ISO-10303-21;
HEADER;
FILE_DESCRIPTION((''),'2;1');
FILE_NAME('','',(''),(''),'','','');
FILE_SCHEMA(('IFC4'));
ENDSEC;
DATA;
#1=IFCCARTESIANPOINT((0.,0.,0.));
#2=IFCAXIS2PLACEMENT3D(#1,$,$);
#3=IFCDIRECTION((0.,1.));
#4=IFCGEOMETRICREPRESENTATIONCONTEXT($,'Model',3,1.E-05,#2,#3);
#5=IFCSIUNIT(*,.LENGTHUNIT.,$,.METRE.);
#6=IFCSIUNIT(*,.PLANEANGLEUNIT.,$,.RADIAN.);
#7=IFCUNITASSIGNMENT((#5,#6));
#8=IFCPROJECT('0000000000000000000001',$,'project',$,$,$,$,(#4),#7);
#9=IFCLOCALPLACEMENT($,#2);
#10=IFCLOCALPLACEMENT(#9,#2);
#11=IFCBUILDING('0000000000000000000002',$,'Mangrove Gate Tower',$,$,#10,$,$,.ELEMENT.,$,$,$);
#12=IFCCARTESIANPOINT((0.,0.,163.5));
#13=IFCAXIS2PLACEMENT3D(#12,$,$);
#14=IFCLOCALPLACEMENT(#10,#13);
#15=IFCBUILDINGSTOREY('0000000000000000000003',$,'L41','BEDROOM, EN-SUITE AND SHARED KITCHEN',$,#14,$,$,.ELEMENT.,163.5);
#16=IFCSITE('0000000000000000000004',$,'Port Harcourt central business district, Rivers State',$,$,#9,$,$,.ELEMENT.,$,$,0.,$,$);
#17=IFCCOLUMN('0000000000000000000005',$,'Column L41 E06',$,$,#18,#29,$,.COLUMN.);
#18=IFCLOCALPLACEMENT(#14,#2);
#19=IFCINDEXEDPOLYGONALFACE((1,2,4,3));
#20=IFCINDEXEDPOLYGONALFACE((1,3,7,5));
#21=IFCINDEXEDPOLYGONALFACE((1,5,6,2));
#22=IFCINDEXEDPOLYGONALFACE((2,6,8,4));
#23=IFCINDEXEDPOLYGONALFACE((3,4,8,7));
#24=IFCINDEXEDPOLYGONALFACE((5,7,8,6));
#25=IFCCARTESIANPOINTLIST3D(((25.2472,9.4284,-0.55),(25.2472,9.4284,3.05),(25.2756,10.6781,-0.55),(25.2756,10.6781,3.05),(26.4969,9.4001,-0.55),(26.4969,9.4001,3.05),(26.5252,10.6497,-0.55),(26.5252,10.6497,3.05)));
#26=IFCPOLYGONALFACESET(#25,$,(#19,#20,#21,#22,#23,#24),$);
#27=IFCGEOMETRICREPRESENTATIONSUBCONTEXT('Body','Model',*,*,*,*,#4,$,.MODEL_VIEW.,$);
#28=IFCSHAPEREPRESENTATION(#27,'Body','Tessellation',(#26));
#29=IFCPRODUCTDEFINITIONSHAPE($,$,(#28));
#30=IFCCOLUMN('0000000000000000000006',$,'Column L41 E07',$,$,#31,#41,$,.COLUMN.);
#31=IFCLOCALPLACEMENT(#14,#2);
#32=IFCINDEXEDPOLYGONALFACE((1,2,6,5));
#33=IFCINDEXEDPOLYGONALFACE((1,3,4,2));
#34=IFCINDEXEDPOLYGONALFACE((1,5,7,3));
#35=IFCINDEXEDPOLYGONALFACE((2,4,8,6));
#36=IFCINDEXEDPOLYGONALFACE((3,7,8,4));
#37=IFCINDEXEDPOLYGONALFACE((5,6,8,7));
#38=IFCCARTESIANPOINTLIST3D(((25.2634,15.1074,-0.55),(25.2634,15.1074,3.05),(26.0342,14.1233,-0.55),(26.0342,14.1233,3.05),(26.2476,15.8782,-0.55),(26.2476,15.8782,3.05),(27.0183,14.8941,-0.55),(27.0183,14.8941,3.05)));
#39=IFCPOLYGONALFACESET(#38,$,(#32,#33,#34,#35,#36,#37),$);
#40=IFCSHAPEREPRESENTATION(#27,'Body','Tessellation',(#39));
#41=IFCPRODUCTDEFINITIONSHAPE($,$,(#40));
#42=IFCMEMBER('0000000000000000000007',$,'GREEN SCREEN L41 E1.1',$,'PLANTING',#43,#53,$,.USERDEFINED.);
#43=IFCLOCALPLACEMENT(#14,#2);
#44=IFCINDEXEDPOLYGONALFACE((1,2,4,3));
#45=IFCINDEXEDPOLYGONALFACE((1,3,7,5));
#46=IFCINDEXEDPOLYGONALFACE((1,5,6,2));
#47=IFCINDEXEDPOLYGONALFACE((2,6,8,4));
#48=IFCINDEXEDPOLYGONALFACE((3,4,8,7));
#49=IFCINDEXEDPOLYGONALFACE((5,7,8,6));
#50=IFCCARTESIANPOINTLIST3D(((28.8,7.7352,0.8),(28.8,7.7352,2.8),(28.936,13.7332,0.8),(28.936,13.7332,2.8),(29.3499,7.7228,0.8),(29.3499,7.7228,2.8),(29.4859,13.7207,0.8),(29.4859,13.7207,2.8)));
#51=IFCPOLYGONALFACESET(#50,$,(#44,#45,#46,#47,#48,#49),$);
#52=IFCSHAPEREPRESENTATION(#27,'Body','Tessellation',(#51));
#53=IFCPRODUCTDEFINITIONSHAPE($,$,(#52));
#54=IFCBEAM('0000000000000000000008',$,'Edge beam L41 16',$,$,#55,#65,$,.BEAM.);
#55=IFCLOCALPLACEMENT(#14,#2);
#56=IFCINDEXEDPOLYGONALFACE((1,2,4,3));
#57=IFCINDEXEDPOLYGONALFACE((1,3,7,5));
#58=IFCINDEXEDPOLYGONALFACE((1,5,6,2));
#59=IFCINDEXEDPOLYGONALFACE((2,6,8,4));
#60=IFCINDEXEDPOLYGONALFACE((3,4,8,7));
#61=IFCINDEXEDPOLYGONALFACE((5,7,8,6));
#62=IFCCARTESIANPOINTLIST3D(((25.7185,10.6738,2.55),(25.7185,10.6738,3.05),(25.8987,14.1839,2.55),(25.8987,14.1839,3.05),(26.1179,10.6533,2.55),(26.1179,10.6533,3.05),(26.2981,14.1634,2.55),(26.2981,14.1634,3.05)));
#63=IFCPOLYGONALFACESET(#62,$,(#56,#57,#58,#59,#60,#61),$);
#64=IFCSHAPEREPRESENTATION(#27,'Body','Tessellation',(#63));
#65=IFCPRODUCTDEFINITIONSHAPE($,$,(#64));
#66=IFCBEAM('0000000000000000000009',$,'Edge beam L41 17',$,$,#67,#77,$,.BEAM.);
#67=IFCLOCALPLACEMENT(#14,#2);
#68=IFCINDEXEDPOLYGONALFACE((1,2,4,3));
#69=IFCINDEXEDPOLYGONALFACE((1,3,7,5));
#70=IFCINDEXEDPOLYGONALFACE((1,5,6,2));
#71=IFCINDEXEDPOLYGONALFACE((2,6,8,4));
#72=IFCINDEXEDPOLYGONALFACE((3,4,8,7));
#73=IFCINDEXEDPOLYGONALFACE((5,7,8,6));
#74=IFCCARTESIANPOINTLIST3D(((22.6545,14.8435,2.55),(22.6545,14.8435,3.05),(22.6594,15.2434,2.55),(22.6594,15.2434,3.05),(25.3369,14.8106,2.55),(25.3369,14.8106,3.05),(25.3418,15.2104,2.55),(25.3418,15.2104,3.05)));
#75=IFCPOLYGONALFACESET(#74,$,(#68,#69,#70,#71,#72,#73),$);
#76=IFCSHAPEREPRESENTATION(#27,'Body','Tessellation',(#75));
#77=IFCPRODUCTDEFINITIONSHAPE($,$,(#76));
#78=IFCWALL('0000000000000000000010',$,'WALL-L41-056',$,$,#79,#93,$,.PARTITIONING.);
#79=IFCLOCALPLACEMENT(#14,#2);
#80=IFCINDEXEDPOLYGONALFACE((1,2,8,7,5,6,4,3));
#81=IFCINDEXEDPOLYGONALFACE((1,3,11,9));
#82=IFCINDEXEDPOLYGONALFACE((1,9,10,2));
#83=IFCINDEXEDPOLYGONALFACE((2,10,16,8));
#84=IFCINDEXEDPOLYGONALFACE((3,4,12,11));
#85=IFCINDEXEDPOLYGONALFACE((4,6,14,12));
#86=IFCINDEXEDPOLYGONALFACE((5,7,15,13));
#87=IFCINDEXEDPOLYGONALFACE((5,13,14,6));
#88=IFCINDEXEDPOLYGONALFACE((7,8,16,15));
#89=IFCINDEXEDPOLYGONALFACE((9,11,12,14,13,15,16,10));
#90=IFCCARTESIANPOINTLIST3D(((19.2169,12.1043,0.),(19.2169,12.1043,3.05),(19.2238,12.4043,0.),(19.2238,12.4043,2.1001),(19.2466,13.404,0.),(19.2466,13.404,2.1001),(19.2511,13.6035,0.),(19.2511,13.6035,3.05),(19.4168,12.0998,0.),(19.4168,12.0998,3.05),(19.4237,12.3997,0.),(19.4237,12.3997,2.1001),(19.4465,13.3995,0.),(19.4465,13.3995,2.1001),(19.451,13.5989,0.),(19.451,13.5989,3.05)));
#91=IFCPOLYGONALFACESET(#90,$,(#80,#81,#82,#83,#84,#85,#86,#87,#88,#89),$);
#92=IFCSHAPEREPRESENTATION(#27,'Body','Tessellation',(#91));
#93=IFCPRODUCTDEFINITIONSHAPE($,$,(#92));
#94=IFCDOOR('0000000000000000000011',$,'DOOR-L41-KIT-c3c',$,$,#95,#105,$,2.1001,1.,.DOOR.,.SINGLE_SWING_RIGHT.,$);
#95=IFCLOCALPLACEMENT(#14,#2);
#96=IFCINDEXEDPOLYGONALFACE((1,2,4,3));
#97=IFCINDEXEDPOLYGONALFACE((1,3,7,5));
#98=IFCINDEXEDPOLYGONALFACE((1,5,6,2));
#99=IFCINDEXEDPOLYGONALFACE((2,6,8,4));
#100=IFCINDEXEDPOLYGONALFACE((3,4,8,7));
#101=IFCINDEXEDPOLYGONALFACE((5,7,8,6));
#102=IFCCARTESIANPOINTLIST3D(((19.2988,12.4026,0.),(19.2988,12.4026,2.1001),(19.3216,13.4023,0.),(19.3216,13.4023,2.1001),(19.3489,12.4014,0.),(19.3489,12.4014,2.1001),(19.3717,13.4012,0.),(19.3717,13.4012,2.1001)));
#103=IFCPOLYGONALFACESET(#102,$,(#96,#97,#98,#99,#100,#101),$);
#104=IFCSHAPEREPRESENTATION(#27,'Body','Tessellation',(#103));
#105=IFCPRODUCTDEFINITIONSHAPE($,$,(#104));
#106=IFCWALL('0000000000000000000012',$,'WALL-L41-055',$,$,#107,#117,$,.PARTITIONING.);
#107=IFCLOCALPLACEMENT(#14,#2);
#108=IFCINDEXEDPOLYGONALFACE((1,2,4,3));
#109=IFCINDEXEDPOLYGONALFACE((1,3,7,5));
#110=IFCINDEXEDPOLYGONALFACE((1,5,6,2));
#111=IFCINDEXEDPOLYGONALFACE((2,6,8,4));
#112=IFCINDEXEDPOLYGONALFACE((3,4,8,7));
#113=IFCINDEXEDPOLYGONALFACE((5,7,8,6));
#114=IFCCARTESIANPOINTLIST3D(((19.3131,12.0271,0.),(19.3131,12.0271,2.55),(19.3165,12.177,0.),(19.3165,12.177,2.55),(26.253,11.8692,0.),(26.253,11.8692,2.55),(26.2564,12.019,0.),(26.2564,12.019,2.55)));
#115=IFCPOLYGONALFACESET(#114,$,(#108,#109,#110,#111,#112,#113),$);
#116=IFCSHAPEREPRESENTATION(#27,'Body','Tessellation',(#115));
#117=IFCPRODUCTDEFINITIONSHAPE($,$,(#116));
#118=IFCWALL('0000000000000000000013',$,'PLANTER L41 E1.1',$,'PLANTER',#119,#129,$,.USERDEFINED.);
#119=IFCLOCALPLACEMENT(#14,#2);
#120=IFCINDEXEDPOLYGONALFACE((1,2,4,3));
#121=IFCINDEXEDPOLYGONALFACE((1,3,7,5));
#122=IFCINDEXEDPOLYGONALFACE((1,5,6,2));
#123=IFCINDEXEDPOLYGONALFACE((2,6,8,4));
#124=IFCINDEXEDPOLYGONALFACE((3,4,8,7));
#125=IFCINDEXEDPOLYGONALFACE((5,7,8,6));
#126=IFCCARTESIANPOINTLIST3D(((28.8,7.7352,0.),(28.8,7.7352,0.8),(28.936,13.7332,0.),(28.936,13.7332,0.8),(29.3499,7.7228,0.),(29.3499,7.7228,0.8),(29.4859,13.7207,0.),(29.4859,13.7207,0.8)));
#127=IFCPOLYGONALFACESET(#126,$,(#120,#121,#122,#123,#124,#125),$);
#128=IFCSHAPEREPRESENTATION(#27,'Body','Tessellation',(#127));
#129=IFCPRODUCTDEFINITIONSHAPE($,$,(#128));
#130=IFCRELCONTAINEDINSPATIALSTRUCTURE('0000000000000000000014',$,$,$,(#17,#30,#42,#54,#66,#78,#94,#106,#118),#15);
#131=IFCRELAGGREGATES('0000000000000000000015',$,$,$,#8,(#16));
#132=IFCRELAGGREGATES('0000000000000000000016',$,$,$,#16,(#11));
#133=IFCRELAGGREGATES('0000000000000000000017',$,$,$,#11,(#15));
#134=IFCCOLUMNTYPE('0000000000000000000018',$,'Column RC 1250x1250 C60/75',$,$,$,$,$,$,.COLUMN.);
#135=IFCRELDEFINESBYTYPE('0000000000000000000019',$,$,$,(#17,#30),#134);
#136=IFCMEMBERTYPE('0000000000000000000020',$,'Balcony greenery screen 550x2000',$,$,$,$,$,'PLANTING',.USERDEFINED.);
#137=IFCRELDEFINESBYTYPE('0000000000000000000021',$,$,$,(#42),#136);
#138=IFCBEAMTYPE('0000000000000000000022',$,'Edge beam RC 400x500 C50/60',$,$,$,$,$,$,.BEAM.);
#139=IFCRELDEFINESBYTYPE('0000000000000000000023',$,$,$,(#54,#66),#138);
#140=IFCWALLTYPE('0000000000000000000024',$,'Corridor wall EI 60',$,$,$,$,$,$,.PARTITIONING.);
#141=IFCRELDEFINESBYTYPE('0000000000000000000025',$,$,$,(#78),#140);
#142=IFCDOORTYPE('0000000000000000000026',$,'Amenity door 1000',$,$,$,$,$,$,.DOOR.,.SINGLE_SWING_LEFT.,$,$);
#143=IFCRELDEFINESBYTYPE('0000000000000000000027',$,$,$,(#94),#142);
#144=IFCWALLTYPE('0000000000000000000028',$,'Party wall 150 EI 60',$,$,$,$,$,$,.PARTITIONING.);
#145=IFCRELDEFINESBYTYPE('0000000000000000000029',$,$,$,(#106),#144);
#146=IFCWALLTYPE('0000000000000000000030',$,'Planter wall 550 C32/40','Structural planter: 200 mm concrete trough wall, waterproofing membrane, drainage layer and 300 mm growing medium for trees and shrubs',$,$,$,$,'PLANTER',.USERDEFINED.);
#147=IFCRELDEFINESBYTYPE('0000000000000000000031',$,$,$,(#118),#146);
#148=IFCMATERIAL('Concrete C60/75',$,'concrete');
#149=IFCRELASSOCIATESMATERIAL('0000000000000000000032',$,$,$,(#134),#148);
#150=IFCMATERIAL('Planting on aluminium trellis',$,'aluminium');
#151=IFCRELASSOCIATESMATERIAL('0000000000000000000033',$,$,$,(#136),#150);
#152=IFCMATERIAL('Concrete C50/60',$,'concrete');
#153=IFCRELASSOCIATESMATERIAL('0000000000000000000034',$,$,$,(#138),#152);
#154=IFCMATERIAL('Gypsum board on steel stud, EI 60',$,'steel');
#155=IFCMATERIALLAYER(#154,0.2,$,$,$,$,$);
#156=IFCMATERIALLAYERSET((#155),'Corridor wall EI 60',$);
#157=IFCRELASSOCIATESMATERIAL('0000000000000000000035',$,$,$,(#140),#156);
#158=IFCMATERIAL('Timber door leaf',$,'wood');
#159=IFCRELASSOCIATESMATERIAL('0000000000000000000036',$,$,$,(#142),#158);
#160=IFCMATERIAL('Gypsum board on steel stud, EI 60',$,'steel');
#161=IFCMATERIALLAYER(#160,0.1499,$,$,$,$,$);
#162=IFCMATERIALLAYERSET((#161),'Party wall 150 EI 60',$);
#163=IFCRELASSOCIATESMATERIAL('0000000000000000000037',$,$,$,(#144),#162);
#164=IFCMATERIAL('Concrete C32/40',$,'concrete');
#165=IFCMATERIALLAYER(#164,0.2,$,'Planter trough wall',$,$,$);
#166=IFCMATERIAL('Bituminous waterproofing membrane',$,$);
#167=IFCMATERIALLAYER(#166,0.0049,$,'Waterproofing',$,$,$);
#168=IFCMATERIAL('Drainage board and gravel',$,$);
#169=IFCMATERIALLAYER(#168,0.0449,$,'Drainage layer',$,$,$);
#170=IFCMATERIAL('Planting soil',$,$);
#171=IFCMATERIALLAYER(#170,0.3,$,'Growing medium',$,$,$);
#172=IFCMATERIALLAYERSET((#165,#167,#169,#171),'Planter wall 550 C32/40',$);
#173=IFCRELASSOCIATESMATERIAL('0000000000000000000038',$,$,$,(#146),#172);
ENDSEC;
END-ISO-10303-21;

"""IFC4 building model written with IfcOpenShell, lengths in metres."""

from ifc_helpers import new_model, si_unit, direction, frame, frame_2d, origin, origin_2d, place, context, subcontext, project, spatial, rectangle, extrude, material, layer, layer_set, material_profile, profile_set, type_object, element, fill, save


model = new_model("IFC4")

# Units and contexts
model_context = context("Model", 3, precision=1e-05, world=origin(), true_north=direction((0.0, 1.0)))
body_context = subcontext(model_context, "Body", "Model", "MODEL_VIEW")
ifc_project = project(units=[si_unit("LENGTHUNIT", "METRE"), si_unit("PLANEANGLEUNIT", "RADIAN")], contexts=[model_context])

# Site, building, storey
site_placement = place(None, origin())
site = spatial("IfcSite", under=ifc_project, at=site_placement, Name="Port Harcourt central business district, Rivers State", CompositionType="ELEMENT", RefElevation=0.0)
building_placement = place(site_placement, origin())
building = spatial("IfcBuilding", under=site, at=building_placement, Name="Mangrove Gate Tower", CompositionType="ELEMENT")
storey_placement = place(building_placement, frame((0.0, 0.0, 163.5)))
storey = spatial("IfcBuildingStorey", under=building, at=storey_placement, Name="L41", Description="BEDROOM, EN-SUITE AND SHARED KITCHEN", CompositionType="ELEMENT", Elevation=163.5)

# Columns
ifc_material_1 = material(Name="Concrete C60/75", Category="concrete")
ifc_material_profile_1 = material_profile(ifc_material_1, rectangle(XDim=1.25, YDim=1.25, at=origin_2d()))
ifc_profile_set_1 = profile_set([ifc_material_profile_1], Name="Concrete C60/75")
column_type = type_object("IfcColumnType", Name="Column RC 1250x1250 C60/75", PredefinedType="COLUMN", material=ifc_profile_set_1)
for number, where, z_axis, x_axis, name in (
    (1, (25.8862, 10.0391, -0.55), (0.0, 0.0, 1.0), (0.02266, 0.999743, 0.0), "Column L41 E06"),
    (2, (26.1409, 15.0007, -0.55), (0.0, 0.0, 1.0), (-0.616592, 0.787283, 0.0), "Column L41 E07"),
):
    element("IfcColumn", number, at=place(storey_placement, frame(where, z_axis=z_axis, x_axis=x_axis)), inside=storey, type_object=column_type, Name=name, PredefinedType="COLUMN", context=body_context, shape_type="SweptSolid", body=[
        extrude(rectangle(XDim=1.25, YDim=1.25, at=origin_2d()), origin(), (0.0, 0.0, 1.0), 3.6001),
    ])

# Member
ifc_material_2 = material(Name="Planting on aluminium trellis", Category="aluminium")
ifc_material_profile_2 = material_profile(ifc_material_2, rectangle(XDim=0.55, YDim=2.0, at=origin_2d()))
ifc_profile_set_2 = profile_set([ifc_material_profile_2], Name="Planting on aluminium trellis")
member_type = type_object("IfcMemberType", Name="Balcony greenery screen 550x2000", ElementType="PLANTING", PredefinedType="USERDEFINED", material=ifc_profile_set_2)
member_placement = place(storey_placement, frame((29.075, 7.729, 1.8), z_axis=(0.022666, 0.999743, 0.0), x_axis=(-0.999743, 0.022666, 0.0)))
element("IfcMember", 3, at=member_placement, inside=storey, type_object=member_type, Name="GREEN SCREEN L41 E1.1", ObjectType="PLANTING", PredefinedType="USERDEFINED", context=body_context, shape_type="SweptSolid", body=[
    extrude(rectangle(XDim=0.55, YDim=2.0, at=origin_2d()), origin(), (0.0, 0.0, 1.0), 5.9995),
])

# Beams
ifc_material_3 = material(Name="Concrete C50/60", Category="concrete")
ifc_material_profile_3 = material_profile(ifc_material_3, rectangle(XDim=0.3999, YDim=0.5, at=origin_2d()))
ifc_profile_set_3 = profile_set([ifc_material_profile_3], Name="Concrete C50/60")
beam_type = type_object("IfcBeamType", Name="Edge beam RC 400x500 C50/60", PredefinedType="BEAM", material=ifc_profile_set_3)
beam_1_placement = place(storey_placement, frame((25.9182, 10.6636, 2.8), z_axis=(0.051264, 0.998685, 0.0), x_axis=(-0.998685, 0.051264, 0.0)))
element("IfcBeam", 4, at=beam_1_placement, inside=storey, type_object=beam_type, Name="Edge beam L41 16", PredefinedType="BEAM", context=body_context, shape_type="SweptSolid", body=[
    extrude(rectangle(XDim=0.3999, YDim=0.5, at=origin_2d()), origin(), (0.0, 0.0, 1.0), 3.5146),
])
beam_2_placement = place(storey_placement, frame((25.3394, 15.0105, 2.8), z_axis=(-0.999925, 0.012286, 0.0), x_axis=(-0.012286, -0.999925, 0.0)))
element("IfcBeam", 5, at=beam_2_placement, inside=storey, type_object=beam_type, Name="Edge beam L41 17", PredefinedType="BEAM", context=body_context, shape_type="SweptSolid", body=[
    extrude(rectangle(XDim=0.3999, YDim=0.5, at=origin_2d()), origin(), (0.0, 0.0, 1.0), 2.6826),
])

# Wall, opening, door
ifc_material_4 = material(Name="Gypsum board on steel stud, EI 60", Category="steel")
ifc_layer_1 = layer(ifc_material_4, 0.2)
ifc_layer_set_1 = layer_set([ifc_layer_1], Name="Corridor wall EI 60")
wall_type_1 = type_object("IfcWallType", Name="Corridor wall EI 60", PredefinedType="PARTITIONING", material=ifc_layer_set_1)
wall_1_placement = place(storey_placement, frame((19.3169, 12.1021, 0.0), z_axis=(0.0, 0.0, 1.0), x_axis=(0.022795, 0.99974, 0.0)))
wall_1 = element("IfcWall", 6, at=wall_1_placement, inside=storey, type_object=wall_type_1, Name="WALL-L41-056", PredefinedType="PARTITIONING", context=body_context, shape_type="SweptSolid", body=[
    extrude(rectangle(XDim=1.4995, YDim=0.2, at=frame_2d((0.7498, 0.0))), origin(), (0.0, 0.0, 1.0), 3.05),
])
opening_placement = place(wall_1_placement, frame((0.3, 0.0, 0.0)))
opening = element("IfcOpeningElement", 7, at=opening_placement, cuts=wall_1, PredefinedType="OPENING", context=body_context, shape_type="SweptSolid", body=[
    extrude(rectangle(XDim=1.0, YDim=2.1001, at=frame_2d((0.5, 1.05))), frame((0.0, 0.1099, 0.0), z_axis=(0.0, -1.0, 0.0), x_axis=(1.0, 0.0, 0.0)), (0.0, 0.0, 1.0), 0.22),
])
ifc_material_5 = material(Name="Timber door leaf", Category="wood")
door_type = type_object("IfcDoorType", Name="Amenity door 1000", OperationType="SINGLE_SWING_LEFT", PredefinedType="DOOR", material=ifc_material_5)
door_placement = place(opening_placement, origin())
door = element("IfcDoor", 8, at=door_placement, inside=storey, type_object=door_type, Name="DOOR-L41-KIT-c3c", OperationType="SINGLE_SWING_RIGHT", OverallHeight=2.1001, OverallWidth=1.0, PredefinedType="DOOR", context=body_context, shape_type="SweptSolid", body=[
    extrude(rectangle(XDim=1.0, YDim=2.1001, at=frame_2d((0.5, 1.05))), frame((0.0, 0.0249, 0.0), z_axis=(0.0, -1.0, 0.0), x_axis=(1.0, 0.0, 0.0)), (0.0, 0.0, 1.0), 0.05),
])
fill(opening, door)

# Walls
ifc_material_6 = material(Name="Gypsum board on steel stud, EI 60", Category="steel")
ifc_layer_2 = layer(ifc_material_6, 0.1499)
ifc_layer_set_2 = layer_set([ifc_layer_2], Name="Party wall 150 EI 60")
wall_type_2 = type_object("IfcWallType", Name="Party wall 150 EI 60", PredefinedType="PARTITIONING", material=ifc_layer_set_2)
wall_2_placement = place(storey_placement, frame((19.3149, 12.1021, 0.0), z_axis=(0.0, 0.0, 1.0), x_axis=(0.999741, -0.022755, 0.0)))
element("IfcWall", 9, at=wall_2_placement, inside=storey, type_object=wall_type_2, Name="WALL-L41-055", PredefinedType="PARTITIONING", context=body_context, shape_type="SweptSolid", body=[
    extrude(rectangle(XDim=6.9417, YDim=0.1499, at=frame_2d((3.4707, 0.0))), origin(), (0.0, 0.0, 1.0), 2.55),
])
ifc_material_7 = material(Name="Concrete C32/40", Category="concrete")
ifc_layer_3 = layer(ifc_material_7, 0.2, Name="Planter trough wall")
ifc_material_8 = material(Name="Bituminous waterproofing membrane")
ifc_layer_4 = layer(ifc_material_8, 0.0049, Name="Waterproofing")
ifc_material_9 = material(Name="Drainage board and gravel")
ifc_layer_5 = layer(ifc_material_9, 0.0449, Name="Drainage layer")
ifc_material_10 = material(Name="Planting soil")
ifc_layer_6 = layer(ifc_material_10, 0.3, Name="Growing medium")
ifc_layer_set_3 = layer_set([ifc_layer_3, ifc_layer_4, ifc_layer_5, ifc_layer_6], Name="Planter wall 550 C32/40")
wall_type_3 = type_object("IfcWallType", Name="Planter wall 550 C32/40", Description="Structural planter: 200 mm concrete trough wall, waterproofing membrane, drainage layer and 300 mm growing medium for trees and shrubs", ElementType="PLANTER", PredefinedType="USERDEFINED", material=ifc_layer_set_3)
wall_3_placement = place(storey_placement, frame((29.075, 7.729, 0.0), z_axis=(0.0, 0.0, 1.0), x_axis=(0.022666, 0.999743, 0.0)))
element("IfcWall", 10, at=wall_3_placement, inside=storey, type_object=wall_type_3, Name="PLANTER L41 E1.1", ObjectType="PLANTER", PredefinedType="USERDEFINED", context=body_context, shape_type="SweptSolid", body=[
    extrude(rectangle(XDim=5.9995, YDim=0.55, at=frame_2d((2.9998, 0.0))), origin(), (0.0, 0.0, 1.0), 0.8),
])

save(model, "model.ifc")
